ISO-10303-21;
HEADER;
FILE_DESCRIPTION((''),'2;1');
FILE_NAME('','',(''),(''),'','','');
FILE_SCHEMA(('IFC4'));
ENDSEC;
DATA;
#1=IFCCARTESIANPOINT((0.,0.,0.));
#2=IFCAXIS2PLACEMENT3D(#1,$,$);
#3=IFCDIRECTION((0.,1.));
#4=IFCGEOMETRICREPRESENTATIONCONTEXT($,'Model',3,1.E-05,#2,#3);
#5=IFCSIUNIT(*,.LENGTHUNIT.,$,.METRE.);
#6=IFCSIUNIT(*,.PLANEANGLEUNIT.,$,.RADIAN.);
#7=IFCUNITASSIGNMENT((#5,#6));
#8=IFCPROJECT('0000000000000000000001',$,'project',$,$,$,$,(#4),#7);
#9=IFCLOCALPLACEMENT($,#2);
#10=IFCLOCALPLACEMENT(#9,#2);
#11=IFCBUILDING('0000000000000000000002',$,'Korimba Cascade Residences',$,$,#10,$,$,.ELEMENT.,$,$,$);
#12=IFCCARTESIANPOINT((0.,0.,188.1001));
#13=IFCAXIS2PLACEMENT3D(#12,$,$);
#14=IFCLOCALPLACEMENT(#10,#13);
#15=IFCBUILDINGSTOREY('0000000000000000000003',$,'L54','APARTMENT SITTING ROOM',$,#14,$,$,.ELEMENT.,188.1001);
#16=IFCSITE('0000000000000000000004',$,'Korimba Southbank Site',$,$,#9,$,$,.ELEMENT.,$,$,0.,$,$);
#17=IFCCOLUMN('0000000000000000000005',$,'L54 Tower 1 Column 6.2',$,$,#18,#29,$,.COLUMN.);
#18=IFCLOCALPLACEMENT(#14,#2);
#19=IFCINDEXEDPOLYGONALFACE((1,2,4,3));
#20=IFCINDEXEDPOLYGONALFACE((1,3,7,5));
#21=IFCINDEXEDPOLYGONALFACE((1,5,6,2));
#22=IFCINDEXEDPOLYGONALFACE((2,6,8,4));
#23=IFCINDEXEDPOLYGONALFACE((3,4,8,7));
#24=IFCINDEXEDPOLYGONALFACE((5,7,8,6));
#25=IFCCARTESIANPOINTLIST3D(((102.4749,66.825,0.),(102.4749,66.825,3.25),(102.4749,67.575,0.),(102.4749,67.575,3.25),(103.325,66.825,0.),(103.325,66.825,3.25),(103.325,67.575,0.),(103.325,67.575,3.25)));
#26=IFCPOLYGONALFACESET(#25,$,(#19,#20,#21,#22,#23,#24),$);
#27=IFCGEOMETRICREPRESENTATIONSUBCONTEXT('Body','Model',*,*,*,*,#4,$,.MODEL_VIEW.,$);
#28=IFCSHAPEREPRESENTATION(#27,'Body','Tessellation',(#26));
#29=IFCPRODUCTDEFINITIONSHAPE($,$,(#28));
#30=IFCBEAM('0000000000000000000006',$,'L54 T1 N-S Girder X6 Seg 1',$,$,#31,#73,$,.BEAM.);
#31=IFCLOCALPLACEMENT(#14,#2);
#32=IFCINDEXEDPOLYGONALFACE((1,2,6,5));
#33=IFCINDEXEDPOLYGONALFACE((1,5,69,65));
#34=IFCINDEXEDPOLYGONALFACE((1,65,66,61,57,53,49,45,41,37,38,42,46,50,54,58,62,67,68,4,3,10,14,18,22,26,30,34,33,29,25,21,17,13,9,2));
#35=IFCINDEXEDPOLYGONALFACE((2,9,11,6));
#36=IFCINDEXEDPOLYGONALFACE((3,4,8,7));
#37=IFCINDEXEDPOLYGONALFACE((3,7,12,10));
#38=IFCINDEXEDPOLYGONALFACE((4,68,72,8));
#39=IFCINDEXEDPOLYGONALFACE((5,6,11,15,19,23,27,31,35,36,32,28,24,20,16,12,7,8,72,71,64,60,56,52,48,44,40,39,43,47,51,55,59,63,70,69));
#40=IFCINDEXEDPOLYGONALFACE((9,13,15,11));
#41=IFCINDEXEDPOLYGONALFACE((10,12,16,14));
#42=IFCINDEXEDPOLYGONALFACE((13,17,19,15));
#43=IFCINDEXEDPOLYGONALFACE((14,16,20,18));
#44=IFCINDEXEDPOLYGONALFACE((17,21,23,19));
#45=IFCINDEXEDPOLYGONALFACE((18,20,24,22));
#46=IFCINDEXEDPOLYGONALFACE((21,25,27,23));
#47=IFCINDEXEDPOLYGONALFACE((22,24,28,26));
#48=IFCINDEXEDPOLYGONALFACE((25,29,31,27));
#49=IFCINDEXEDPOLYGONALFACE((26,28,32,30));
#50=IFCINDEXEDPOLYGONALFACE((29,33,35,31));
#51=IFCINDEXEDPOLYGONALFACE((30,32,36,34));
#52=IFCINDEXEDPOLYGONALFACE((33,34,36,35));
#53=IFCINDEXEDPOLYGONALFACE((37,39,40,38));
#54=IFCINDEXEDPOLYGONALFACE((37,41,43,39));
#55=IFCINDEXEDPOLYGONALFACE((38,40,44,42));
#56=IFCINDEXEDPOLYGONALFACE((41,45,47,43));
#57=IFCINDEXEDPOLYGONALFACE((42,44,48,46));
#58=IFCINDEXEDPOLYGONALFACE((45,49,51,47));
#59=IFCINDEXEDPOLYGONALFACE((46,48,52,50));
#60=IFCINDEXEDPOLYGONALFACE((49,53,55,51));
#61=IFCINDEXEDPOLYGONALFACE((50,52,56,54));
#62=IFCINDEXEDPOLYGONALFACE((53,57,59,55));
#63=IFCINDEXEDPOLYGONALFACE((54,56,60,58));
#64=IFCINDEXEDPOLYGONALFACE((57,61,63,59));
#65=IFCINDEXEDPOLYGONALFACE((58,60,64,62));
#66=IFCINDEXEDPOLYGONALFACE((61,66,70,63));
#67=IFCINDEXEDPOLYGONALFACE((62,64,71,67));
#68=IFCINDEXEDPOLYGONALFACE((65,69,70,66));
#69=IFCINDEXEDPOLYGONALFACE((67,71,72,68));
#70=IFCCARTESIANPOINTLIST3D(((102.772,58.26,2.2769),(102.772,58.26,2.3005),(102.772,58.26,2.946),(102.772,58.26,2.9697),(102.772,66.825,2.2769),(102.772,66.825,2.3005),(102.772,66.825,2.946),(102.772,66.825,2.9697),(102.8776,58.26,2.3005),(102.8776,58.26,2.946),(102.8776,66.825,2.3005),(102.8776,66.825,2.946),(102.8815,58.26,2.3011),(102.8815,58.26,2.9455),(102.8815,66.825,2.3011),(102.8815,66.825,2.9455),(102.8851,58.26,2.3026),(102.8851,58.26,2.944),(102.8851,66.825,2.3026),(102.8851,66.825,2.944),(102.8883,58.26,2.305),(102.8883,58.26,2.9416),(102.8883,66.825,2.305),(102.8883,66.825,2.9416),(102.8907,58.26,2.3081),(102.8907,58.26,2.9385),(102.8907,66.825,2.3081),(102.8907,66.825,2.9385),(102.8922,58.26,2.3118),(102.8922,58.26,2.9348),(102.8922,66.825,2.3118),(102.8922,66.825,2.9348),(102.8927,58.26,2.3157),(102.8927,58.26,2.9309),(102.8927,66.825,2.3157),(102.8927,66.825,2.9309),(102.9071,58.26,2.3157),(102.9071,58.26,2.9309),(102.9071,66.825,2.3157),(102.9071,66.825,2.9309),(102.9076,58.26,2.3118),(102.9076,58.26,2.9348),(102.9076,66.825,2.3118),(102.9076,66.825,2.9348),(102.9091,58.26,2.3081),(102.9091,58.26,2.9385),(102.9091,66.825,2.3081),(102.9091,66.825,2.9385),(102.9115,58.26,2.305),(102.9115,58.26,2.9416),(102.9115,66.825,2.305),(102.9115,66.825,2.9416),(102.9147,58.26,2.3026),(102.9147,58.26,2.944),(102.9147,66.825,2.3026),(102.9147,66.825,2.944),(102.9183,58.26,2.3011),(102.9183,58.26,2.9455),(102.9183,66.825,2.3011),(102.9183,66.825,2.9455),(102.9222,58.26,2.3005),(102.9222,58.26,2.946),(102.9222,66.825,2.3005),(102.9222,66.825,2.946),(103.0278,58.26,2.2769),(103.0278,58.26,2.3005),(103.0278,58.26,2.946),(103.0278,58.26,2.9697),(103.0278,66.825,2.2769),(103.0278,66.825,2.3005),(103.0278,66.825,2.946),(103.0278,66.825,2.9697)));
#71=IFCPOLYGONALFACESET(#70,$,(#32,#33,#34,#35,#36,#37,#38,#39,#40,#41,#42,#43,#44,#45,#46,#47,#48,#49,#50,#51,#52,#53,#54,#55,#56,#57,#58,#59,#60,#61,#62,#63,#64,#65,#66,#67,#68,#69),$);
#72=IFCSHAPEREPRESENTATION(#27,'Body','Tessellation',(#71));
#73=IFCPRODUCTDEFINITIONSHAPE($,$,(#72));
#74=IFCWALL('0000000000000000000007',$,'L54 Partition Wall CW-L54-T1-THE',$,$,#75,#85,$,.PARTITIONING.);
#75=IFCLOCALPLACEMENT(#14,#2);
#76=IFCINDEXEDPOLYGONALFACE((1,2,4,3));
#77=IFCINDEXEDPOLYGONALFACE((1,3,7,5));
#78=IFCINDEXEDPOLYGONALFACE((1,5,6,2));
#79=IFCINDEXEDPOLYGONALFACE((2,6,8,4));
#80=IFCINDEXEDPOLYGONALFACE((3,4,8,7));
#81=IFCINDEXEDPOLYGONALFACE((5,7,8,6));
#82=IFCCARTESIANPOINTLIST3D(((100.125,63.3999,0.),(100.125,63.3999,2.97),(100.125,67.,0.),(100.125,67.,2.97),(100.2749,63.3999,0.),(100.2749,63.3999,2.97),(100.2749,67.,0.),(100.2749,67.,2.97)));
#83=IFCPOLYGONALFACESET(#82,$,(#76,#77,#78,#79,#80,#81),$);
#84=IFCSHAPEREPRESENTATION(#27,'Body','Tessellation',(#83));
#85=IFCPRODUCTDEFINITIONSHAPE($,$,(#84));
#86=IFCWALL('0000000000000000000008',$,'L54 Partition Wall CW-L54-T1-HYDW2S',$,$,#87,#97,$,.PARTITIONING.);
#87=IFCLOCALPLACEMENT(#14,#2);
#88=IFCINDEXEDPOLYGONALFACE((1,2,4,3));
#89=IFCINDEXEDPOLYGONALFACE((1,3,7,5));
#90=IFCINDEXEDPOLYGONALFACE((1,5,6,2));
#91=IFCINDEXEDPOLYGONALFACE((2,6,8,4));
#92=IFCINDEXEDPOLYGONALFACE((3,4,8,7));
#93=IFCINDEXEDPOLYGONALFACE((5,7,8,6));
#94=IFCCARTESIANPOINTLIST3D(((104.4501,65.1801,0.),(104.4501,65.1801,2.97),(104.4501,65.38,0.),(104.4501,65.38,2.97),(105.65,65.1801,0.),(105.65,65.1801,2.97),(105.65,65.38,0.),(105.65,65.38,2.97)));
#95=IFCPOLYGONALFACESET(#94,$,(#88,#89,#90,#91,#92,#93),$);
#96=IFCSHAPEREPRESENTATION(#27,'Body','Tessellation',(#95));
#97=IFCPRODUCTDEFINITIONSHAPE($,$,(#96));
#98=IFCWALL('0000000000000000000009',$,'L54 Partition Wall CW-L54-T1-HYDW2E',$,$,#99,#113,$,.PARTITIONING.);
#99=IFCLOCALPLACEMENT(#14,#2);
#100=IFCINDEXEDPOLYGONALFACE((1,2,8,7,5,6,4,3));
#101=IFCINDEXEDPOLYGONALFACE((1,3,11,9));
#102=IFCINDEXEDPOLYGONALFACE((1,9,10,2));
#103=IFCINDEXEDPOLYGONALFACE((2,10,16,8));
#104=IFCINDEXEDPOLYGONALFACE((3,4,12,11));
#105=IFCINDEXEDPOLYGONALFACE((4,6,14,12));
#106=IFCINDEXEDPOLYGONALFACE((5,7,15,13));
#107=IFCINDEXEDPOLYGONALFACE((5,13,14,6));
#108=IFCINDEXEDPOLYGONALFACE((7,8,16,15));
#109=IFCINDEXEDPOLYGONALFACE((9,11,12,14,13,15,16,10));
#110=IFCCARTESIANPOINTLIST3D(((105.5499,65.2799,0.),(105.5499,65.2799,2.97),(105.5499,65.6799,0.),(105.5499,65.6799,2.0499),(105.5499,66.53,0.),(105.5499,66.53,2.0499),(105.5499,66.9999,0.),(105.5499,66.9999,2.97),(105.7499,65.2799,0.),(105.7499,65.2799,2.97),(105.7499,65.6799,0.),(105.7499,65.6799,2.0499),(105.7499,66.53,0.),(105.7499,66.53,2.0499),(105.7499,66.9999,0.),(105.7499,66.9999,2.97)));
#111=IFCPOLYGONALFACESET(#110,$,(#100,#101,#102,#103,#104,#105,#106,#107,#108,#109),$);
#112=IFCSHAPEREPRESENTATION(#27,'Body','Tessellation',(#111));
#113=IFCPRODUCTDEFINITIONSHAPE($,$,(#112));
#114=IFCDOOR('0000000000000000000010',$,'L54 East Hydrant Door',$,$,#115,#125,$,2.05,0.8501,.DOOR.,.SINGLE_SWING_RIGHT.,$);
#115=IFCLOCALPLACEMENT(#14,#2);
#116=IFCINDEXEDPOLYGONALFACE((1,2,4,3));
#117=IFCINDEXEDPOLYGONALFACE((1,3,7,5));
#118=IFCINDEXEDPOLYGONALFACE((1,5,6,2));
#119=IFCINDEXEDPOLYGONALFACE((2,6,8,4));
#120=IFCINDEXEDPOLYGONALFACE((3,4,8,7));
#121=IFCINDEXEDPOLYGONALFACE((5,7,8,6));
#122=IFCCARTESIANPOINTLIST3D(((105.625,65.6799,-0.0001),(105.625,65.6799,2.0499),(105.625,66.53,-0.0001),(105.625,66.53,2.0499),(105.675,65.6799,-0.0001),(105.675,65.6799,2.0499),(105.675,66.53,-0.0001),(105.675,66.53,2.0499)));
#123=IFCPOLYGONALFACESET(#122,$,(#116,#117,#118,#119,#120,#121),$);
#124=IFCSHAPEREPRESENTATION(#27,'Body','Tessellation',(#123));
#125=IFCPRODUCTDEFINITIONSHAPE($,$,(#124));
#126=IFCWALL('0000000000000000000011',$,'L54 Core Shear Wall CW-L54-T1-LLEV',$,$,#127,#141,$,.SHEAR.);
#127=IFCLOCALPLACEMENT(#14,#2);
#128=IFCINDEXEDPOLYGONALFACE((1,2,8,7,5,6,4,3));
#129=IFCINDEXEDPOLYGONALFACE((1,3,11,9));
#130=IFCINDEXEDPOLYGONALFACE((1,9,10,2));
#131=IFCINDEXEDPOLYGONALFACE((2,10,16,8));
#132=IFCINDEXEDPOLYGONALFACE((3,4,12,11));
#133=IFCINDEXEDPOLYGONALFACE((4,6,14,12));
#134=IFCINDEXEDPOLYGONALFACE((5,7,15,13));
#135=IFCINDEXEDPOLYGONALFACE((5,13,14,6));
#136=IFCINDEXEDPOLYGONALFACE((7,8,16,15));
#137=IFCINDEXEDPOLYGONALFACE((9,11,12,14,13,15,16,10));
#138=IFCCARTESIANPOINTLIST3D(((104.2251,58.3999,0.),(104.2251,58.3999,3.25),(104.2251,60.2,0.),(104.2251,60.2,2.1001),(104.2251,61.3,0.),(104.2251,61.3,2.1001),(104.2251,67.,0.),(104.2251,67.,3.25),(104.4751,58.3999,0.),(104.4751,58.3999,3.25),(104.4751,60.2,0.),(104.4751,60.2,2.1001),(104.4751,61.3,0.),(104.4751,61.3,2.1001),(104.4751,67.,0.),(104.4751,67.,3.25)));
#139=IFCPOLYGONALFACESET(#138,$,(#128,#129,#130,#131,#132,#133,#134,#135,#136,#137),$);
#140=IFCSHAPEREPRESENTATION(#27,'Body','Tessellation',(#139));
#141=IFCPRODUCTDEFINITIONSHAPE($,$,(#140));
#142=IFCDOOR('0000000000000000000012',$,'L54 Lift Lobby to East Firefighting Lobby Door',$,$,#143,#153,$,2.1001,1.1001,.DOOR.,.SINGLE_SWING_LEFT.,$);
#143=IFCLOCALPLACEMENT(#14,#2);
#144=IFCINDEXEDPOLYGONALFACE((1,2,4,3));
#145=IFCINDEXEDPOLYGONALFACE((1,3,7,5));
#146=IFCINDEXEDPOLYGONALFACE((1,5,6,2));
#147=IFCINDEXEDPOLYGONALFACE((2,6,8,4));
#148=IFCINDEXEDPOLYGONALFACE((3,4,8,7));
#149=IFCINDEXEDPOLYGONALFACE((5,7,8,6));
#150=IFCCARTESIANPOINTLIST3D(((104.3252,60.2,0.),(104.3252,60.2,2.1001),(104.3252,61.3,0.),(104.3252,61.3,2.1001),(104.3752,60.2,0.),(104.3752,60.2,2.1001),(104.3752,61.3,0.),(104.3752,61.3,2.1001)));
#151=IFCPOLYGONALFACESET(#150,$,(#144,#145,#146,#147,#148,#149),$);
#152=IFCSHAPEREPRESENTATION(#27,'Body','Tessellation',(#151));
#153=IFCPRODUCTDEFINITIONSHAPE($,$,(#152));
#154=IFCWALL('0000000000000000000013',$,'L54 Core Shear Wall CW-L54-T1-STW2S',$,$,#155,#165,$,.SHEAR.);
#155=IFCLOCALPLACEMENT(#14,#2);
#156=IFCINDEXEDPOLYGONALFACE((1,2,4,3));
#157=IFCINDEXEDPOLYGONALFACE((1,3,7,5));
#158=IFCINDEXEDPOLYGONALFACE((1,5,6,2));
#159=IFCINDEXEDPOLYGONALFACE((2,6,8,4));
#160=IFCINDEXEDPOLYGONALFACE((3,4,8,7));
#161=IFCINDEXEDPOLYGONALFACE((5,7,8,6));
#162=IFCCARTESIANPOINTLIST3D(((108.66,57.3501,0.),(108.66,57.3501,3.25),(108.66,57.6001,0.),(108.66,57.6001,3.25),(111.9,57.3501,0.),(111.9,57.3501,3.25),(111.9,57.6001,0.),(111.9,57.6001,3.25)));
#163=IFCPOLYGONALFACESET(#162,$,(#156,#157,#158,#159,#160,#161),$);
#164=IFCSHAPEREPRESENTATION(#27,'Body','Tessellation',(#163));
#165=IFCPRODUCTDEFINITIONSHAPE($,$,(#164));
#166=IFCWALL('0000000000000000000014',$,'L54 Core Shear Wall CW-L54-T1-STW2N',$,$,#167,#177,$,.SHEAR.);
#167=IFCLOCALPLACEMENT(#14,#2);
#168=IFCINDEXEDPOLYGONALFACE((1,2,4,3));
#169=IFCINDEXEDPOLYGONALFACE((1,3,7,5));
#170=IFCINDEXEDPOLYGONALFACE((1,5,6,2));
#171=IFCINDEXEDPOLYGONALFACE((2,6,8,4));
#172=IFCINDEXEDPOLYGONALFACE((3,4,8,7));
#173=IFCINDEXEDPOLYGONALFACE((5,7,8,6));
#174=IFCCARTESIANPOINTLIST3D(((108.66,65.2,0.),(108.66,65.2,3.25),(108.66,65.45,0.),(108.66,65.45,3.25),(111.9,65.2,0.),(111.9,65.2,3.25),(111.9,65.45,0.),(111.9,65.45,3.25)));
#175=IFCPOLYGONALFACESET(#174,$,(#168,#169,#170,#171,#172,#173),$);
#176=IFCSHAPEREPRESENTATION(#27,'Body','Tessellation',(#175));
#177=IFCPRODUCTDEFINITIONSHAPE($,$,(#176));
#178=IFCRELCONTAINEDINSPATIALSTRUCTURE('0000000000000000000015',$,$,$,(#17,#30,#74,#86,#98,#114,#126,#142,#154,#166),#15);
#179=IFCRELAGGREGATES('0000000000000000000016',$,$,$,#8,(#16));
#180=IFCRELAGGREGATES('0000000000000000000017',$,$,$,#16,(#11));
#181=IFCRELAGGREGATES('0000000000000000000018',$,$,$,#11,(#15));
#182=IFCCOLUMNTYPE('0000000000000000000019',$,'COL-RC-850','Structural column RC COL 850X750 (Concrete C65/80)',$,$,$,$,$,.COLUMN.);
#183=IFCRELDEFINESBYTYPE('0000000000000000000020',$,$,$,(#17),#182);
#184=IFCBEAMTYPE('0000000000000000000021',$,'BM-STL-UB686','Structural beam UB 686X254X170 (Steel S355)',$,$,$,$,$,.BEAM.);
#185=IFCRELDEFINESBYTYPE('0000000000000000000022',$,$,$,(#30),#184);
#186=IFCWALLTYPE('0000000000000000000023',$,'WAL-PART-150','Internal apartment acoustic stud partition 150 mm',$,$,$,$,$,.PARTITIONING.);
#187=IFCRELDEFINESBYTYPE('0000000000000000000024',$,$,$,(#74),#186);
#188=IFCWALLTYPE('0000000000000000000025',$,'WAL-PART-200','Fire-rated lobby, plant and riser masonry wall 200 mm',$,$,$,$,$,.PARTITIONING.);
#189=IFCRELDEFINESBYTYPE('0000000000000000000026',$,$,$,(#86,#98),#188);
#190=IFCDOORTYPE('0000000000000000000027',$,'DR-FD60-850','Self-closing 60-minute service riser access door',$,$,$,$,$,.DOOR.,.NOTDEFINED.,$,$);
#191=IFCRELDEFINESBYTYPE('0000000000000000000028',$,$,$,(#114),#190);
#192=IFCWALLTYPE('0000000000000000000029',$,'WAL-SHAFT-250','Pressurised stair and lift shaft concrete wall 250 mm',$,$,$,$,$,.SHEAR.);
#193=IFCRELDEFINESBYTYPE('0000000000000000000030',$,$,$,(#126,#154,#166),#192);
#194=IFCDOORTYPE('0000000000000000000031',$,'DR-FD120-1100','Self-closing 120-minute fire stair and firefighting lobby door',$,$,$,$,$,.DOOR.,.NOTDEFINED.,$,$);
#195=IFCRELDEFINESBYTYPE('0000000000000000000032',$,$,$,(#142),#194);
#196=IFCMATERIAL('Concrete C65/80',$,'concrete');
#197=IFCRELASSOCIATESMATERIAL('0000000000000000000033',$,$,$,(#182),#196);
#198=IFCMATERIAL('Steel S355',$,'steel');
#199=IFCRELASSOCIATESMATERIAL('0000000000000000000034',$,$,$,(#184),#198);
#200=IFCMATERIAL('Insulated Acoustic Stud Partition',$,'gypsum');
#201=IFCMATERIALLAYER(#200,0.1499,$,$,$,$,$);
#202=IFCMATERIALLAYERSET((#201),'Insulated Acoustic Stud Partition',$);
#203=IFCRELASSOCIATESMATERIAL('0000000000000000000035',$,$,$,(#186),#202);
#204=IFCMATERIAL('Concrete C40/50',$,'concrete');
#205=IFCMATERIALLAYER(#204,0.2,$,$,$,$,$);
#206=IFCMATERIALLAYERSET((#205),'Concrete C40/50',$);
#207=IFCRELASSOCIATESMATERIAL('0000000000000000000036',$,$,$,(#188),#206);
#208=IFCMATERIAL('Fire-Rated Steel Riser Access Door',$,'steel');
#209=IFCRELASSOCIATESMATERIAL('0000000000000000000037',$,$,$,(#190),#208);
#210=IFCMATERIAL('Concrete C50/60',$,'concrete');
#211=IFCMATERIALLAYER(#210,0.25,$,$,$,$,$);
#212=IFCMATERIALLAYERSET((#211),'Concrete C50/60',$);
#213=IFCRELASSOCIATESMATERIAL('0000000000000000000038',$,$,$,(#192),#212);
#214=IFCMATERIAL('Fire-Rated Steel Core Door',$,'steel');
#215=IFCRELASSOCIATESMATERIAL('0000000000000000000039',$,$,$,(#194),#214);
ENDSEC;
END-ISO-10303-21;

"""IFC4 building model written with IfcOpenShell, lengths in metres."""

from ifc_helpers import new_model, si_unit, direction, frame, frame_2d, origin, origin_2d, place, context, subcontext, project, spatial, rectangle, i_section, extrude, material, layer, layer_set, material_profile, profile_set, type_object, element, fill, save


model = new_model("IFC4")

# Units and contexts
model_context = context("Model", 3, precision=1e-05, world=origin(), true_north=direction((0.0, 1.0)))
body_context = subcontext(model_context, "Body", "Model", "MODEL_VIEW")
ifc_project = project(units=[si_unit("LENGTHUNIT", "METRE"), si_unit("PLANEANGLEUNIT", "RADIAN")], contexts=[model_context])

# Site, building, storey
site_placement = place(None, origin())
site = spatial("IfcSite", under=ifc_project, at=site_placement, Name="Korimba Southbank Site", CompositionType="ELEMENT", RefElevation=0.0)
building_placement = place(site_placement, origin())
building = spatial("IfcBuilding", under=site, at=building_placement, Name="Korimba Cascade Residences", CompositionType="ELEMENT")
storey_placement = place(building_placement, frame((0.0, 0.0, 188.1001)))
storey = spatial("IfcBuildingStorey", under=building, at=storey_placement, Name="L54", Description="APARTMENT SITTING ROOM", CompositionType="ELEMENT", Elevation=188.1001)

# Column
ifc_material_1 = material(Name="Concrete C65/80", Category="concrete")
ifc_material_profile_1 = material_profile(ifc_material_1, rectangle(XDim=0.8501, YDim=0.75, at=origin_2d()), Name="Concrete C65/80")
ifc_profile_set_1 = profile_set([ifc_material_profile_1], Name="Concrete C65/80")
column_type = type_object("IfcColumnType", Name="COL-RC-850", Description="Structural column RC COL 850X750 (Concrete C65/80)", PredefinedType="COLUMN", material=ifc_profile_set_1)
column_placement = place(storey_placement, frame((102.8999, 67.2, 0.0), z_axis=(0.0, 0.0, 1.0), x_axis=(1.0, 0.0, 0.0)))
element("IfcColumn", 1, at=column_placement, inside=storey, type_object=column_type, Name="L54 Tower 1 Column 6.2", PredefinedType="COLUMN", context=body_context, shape_type="SweptSolid", body=[
    extrude(rectangle(XDim=0.8501, YDim=0.75, at=origin_2d()), origin(), (0.0, 0.0, 1.0), 3.25),
])

# Beam
ifc_material_2 = material(Name="Steel S355", Category="steel")
ifc_material_profile_2 = material_profile(ifc_material_2, i_section(OverallWidth=0.2559, OverallDepth=0.6929, WebThickness=0.0144, FlangeThickness=0.0237, FilletRadius=0.0151, at=origin_2d()), Name="Steel S355")
ifc_profile_set_2 = profile_set([ifc_material_profile_2], Name="Steel S355")
beam_type = type_object("IfcBeamType", Name="BM-STL-UB686", Description="Structural beam UB 686X254X170 (Steel S355)", PredefinedType="BEAM", material=ifc_profile_set_2)
beam_placement = place(storey_placement, frame((102.8999, 58.26, 2.6233), z_axis=(0.0, 1.0, 0.0), x_axis=(-1.0, 0.0, 0.0)))
element("IfcBeam", 2, at=beam_placement, inside=storey, type_object=beam_type, Name="L54 T1 N-S Girder X6 Seg 1", PredefinedType="BEAM", context=body_context, shape_type="SweptSolid", body=[
    extrude(i_section(OverallWidth=0.2559, OverallDepth=0.6929, WebThickness=0.0144, FlangeThickness=0.0237, FilletRadius=0.0151, at=origin_2d()), origin(), (0.0, 0.0, 1.0), 8.5649),
])

# Walls
ifc_material_3 = material(Name="Insulated Acoustic Stud Partition", Category="gypsum")
ifc_layer_1 = layer(ifc_material_3, 0.1499)
ifc_layer_set_1 = layer_set([ifc_layer_1], Name="Insulated Acoustic Stud Partition")
wall_type_1 = type_object("IfcWallType", Name="WAL-PART-150", Description="Internal apartment acoustic stud partition 150 mm", PredefinedType="PARTITIONING", material=ifc_layer_set_1)
wall_1_placement = place(storey_placement, frame((100.2, 63.3999, 0.0), z_axis=(0.0, 0.0, 1.0), x_axis=(0.0, 1.0, 0.0)))
element("IfcWall", 3, at=wall_1_placement, inside=storey, type_object=wall_type_1, Name="L54 Partition Wall CW-L54-T1-THE", PredefinedType="PARTITIONING", context=body_context, shape_type="SweptSolid", body=[
    extrude(rectangle(XDim=3.6001, YDim=0.1499, at=frame_2d((1.8, 0.0))), origin(), (0.0, 0.0, 1.0), 2.97),
])
ifc_material_4 = material(Name="Concrete C40/50", Category="concrete")
ifc_layer_2 = layer(ifc_material_4, 0.2)
ifc_layer_set_2 = layer_set([ifc_layer_2], Name="Concrete C40/50")
wall_type_2 = type_object("IfcWallType", Name="WAL-PART-200", Description="Fire-rated lobby, plant and riser masonry wall 200 mm", PredefinedType="PARTITIONING", material=ifc_layer_set_2)
wall_2_placement = place(storey_placement, frame((104.45, 65.28, 0.0), z_axis=(0.0, 0.0, 1.0), x_axis=(1.0, 0.0, 0.0)))
element("IfcWall", 4, at=wall_2_placement, inside=storey, type_object=wall_type_2, Name="L54 Partition Wall CW-L54-T1-HYDW2S", PredefinedType="PARTITIONING", context=body_context, shape_type="SweptSolid", body=[
    extrude(rectangle(XDim=1.2, YDim=0.2, at=frame_2d((0.6001, 0.0))), origin(), (0.0, 0.0, 1.0), 2.97),
])

# Wall, opening, door
wall_3_placement = place(storey_placement, frame((105.6499, 65.28, 0.0), z_axis=(0.0, 0.0, 1.0), x_axis=(0.0, 1.0, 0.0)))
wall_3 = element("IfcWall", 5, at=wall_3_placement, inside=storey, type_object=wall_type_2, Name="L54 Partition Wall CW-L54-T1-HYDW2E", PredefinedType="PARTITIONING", context=body_context, shape_type="SweptSolid", body=[
    extrude(rectangle(XDim=1.72, YDim=0.2, at=frame_2d((0.8599, 0.0))), origin(), (0.0, 0.0, 1.0), 2.97),
])
opening_1_placement = place(wall_3_placement, frame((0.3999, 0.0, 0.0)))
opening_1 = element("IfcOpeningElement", 6, at=opening_1_placement, cuts=wall_3, PredefinedType="OPENING", context=body_context, shape_type="SweptSolid", body=[
    extrude(rectangle(XDim=0.8501, YDim=2.05, at=frame_2d((0.425, 1.0249))), frame((0.0, 0.1099, 0.0), z_axis=(0.0, -1.0, 0.0), x_axis=(1.0, 0.0, 0.0)), (0.0, 0.0, 1.0), 0.22),
])
ifc_material_5 = material(Name="Fire-Rated Steel Riser Access Door", Category="steel")
door_type_1 = type_object("IfcDoorType", Name="DR-FD60-850", Description="Self-closing 60-minute service riser access door", OperationType="NOTDEFINED", PredefinedType="DOOR", material=ifc_material_5)
door_1_placement = place(opening_1_placement, origin())
door_1 = element("IfcDoor", 7, at=door_1_placement, inside=storey, type_object=door_type_1, Name="L54 East Hydrant Door", OperationType="SINGLE_SWING_RIGHT", OverallHeight=2.05, OverallWidth=0.8501, PredefinedType="DOOR", context=body_context, shape_type="SweptSolid", body=[
    extrude(rectangle(XDim=0.8501, YDim=2.05, at=frame_2d((0.425, 1.0249))), frame((0.0, 0.0249, 0.0), z_axis=(0.0, -1.0, 0.0), x_axis=(1.0, 0.0, 0.0)), (0.0, 0.0, 1.0), 0.05),
])
fill(opening_1, door_1)

# Shared definitions
ifc_material_6 = material(Name="Concrete C50/60", Category="concrete")
ifc_layer_3 = layer(ifc_material_6, 0.25)
ifc_layer_set_3 = layer_set([ifc_layer_3], Name="Concrete C50/60")
wall_type_3 = type_object("IfcWallType", Name="WAL-SHAFT-250", Description="Pressurised stair and lift shaft concrete wall 250 mm", PredefinedType="SHEAR", material=ifc_layer_set_3)

# Wall, opening, door
wall_4_placement = place(storey_placement, frame((104.3501, 58.3999, 0.0), z_axis=(0.0, 0.0, 1.0), x_axis=(0.0, 1.0, 0.0)))
wall_4 = element("IfcWall", 8, at=wall_4_placement, inside=storey, type_object=wall_type_3, Name="L54 Core Shear Wall CW-L54-T1-LLEV", PredefinedType="SHEAR", context=body_context, shape_type="SweptSolid", body=[
    extrude(rectangle(XDim=8.6001, YDim=0.25, at=frame_2d((4.3, 0.0))), origin(), (0.0, 0.0, 1.0), 3.25),
])
opening_2_placement = place(wall_4_placement, frame((1.8, 0.0, 0.0)))
opening_2 = element("IfcOpeningElement", 9, at=opening_2_placement, cuts=wall_4, PredefinedType="OPENING", context=body_context, shape_type="SweptSolid", body=[
    extrude(rectangle(XDim=1.1001, YDim=2.1001, at=frame_2d((0.55, 1.05))), frame((0.0, 0.135, 0.0), z_axis=(0.0, -1.0, 0.0), x_axis=(1.0, 0.0, 0.0)), (0.0, 0.0, 1.0), 0.27),
])
ifc_material_7 = material(Name="Fire-Rated Steel Core Door", Category="steel")
door_type_2 = type_object("IfcDoorType", Name="DR-FD120-1100", Description="Self-closing 120-minute fire stair and firefighting lobby door", OperationType="NOTDEFINED", PredefinedType="DOOR", material=ifc_material_7)
door_2_placement = place(opening_2_placement, origin())
door_2 = element("IfcDoor", 10, at=door_2_placement, inside=storey, type_object=door_type_2, Name="L54 Lift Lobby to East Firefighting Lobby Door", OperationType="SINGLE_SWING_LEFT", OverallHeight=2.1001, OverallWidth=1.1001, PredefinedType="DOOR", context=body_context, shape_type="SweptSolid", body=[
    extrude(rectangle(XDim=1.1001, YDim=2.1001, at=frame_2d((0.55, 1.05))), frame((0.0, 0.0249, 0.0), z_axis=(0.0, -1.0, 0.0), x_axis=(1.0, 0.0, 0.0)), (0.0, 0.0, 1.0), 0.05),
])
fill(opening_2, door_2)

# Walls
for number, where, z_axis, x_axis, name in (
    (11, (108.6599, 57.4751, 0.0), (0.0, 0.0, 1.0), (1.0, 0.0, 0.0), "L54 Core Shear Wall CW-L54-T1-STW2S"),
    (12, (108.6599, 65.325, 0.0), (0.0, 0.0, 1.0), (1.0, 0.0, 0.0), "L54 Core Shear Wall CW-L54-T1-STW2N"),
):
    element("IfcWall", number, at=place(storey_placement, frame(where, z_axis=z_axis, x_axis=x_axis)), inside=storey, type_object=wall_type_3, Name=name, PredefinedType="SHEAR", context=body_context, shape_type="SweptSolid", body=[
        extrude(rectangle(XDim=3.24, YDim=0.25, at=frame_2d((1.6201, 0.0))), origin(), (0.0, 0.0, 1.0), 3.25),
    ])

save(model, "model.ifc")
